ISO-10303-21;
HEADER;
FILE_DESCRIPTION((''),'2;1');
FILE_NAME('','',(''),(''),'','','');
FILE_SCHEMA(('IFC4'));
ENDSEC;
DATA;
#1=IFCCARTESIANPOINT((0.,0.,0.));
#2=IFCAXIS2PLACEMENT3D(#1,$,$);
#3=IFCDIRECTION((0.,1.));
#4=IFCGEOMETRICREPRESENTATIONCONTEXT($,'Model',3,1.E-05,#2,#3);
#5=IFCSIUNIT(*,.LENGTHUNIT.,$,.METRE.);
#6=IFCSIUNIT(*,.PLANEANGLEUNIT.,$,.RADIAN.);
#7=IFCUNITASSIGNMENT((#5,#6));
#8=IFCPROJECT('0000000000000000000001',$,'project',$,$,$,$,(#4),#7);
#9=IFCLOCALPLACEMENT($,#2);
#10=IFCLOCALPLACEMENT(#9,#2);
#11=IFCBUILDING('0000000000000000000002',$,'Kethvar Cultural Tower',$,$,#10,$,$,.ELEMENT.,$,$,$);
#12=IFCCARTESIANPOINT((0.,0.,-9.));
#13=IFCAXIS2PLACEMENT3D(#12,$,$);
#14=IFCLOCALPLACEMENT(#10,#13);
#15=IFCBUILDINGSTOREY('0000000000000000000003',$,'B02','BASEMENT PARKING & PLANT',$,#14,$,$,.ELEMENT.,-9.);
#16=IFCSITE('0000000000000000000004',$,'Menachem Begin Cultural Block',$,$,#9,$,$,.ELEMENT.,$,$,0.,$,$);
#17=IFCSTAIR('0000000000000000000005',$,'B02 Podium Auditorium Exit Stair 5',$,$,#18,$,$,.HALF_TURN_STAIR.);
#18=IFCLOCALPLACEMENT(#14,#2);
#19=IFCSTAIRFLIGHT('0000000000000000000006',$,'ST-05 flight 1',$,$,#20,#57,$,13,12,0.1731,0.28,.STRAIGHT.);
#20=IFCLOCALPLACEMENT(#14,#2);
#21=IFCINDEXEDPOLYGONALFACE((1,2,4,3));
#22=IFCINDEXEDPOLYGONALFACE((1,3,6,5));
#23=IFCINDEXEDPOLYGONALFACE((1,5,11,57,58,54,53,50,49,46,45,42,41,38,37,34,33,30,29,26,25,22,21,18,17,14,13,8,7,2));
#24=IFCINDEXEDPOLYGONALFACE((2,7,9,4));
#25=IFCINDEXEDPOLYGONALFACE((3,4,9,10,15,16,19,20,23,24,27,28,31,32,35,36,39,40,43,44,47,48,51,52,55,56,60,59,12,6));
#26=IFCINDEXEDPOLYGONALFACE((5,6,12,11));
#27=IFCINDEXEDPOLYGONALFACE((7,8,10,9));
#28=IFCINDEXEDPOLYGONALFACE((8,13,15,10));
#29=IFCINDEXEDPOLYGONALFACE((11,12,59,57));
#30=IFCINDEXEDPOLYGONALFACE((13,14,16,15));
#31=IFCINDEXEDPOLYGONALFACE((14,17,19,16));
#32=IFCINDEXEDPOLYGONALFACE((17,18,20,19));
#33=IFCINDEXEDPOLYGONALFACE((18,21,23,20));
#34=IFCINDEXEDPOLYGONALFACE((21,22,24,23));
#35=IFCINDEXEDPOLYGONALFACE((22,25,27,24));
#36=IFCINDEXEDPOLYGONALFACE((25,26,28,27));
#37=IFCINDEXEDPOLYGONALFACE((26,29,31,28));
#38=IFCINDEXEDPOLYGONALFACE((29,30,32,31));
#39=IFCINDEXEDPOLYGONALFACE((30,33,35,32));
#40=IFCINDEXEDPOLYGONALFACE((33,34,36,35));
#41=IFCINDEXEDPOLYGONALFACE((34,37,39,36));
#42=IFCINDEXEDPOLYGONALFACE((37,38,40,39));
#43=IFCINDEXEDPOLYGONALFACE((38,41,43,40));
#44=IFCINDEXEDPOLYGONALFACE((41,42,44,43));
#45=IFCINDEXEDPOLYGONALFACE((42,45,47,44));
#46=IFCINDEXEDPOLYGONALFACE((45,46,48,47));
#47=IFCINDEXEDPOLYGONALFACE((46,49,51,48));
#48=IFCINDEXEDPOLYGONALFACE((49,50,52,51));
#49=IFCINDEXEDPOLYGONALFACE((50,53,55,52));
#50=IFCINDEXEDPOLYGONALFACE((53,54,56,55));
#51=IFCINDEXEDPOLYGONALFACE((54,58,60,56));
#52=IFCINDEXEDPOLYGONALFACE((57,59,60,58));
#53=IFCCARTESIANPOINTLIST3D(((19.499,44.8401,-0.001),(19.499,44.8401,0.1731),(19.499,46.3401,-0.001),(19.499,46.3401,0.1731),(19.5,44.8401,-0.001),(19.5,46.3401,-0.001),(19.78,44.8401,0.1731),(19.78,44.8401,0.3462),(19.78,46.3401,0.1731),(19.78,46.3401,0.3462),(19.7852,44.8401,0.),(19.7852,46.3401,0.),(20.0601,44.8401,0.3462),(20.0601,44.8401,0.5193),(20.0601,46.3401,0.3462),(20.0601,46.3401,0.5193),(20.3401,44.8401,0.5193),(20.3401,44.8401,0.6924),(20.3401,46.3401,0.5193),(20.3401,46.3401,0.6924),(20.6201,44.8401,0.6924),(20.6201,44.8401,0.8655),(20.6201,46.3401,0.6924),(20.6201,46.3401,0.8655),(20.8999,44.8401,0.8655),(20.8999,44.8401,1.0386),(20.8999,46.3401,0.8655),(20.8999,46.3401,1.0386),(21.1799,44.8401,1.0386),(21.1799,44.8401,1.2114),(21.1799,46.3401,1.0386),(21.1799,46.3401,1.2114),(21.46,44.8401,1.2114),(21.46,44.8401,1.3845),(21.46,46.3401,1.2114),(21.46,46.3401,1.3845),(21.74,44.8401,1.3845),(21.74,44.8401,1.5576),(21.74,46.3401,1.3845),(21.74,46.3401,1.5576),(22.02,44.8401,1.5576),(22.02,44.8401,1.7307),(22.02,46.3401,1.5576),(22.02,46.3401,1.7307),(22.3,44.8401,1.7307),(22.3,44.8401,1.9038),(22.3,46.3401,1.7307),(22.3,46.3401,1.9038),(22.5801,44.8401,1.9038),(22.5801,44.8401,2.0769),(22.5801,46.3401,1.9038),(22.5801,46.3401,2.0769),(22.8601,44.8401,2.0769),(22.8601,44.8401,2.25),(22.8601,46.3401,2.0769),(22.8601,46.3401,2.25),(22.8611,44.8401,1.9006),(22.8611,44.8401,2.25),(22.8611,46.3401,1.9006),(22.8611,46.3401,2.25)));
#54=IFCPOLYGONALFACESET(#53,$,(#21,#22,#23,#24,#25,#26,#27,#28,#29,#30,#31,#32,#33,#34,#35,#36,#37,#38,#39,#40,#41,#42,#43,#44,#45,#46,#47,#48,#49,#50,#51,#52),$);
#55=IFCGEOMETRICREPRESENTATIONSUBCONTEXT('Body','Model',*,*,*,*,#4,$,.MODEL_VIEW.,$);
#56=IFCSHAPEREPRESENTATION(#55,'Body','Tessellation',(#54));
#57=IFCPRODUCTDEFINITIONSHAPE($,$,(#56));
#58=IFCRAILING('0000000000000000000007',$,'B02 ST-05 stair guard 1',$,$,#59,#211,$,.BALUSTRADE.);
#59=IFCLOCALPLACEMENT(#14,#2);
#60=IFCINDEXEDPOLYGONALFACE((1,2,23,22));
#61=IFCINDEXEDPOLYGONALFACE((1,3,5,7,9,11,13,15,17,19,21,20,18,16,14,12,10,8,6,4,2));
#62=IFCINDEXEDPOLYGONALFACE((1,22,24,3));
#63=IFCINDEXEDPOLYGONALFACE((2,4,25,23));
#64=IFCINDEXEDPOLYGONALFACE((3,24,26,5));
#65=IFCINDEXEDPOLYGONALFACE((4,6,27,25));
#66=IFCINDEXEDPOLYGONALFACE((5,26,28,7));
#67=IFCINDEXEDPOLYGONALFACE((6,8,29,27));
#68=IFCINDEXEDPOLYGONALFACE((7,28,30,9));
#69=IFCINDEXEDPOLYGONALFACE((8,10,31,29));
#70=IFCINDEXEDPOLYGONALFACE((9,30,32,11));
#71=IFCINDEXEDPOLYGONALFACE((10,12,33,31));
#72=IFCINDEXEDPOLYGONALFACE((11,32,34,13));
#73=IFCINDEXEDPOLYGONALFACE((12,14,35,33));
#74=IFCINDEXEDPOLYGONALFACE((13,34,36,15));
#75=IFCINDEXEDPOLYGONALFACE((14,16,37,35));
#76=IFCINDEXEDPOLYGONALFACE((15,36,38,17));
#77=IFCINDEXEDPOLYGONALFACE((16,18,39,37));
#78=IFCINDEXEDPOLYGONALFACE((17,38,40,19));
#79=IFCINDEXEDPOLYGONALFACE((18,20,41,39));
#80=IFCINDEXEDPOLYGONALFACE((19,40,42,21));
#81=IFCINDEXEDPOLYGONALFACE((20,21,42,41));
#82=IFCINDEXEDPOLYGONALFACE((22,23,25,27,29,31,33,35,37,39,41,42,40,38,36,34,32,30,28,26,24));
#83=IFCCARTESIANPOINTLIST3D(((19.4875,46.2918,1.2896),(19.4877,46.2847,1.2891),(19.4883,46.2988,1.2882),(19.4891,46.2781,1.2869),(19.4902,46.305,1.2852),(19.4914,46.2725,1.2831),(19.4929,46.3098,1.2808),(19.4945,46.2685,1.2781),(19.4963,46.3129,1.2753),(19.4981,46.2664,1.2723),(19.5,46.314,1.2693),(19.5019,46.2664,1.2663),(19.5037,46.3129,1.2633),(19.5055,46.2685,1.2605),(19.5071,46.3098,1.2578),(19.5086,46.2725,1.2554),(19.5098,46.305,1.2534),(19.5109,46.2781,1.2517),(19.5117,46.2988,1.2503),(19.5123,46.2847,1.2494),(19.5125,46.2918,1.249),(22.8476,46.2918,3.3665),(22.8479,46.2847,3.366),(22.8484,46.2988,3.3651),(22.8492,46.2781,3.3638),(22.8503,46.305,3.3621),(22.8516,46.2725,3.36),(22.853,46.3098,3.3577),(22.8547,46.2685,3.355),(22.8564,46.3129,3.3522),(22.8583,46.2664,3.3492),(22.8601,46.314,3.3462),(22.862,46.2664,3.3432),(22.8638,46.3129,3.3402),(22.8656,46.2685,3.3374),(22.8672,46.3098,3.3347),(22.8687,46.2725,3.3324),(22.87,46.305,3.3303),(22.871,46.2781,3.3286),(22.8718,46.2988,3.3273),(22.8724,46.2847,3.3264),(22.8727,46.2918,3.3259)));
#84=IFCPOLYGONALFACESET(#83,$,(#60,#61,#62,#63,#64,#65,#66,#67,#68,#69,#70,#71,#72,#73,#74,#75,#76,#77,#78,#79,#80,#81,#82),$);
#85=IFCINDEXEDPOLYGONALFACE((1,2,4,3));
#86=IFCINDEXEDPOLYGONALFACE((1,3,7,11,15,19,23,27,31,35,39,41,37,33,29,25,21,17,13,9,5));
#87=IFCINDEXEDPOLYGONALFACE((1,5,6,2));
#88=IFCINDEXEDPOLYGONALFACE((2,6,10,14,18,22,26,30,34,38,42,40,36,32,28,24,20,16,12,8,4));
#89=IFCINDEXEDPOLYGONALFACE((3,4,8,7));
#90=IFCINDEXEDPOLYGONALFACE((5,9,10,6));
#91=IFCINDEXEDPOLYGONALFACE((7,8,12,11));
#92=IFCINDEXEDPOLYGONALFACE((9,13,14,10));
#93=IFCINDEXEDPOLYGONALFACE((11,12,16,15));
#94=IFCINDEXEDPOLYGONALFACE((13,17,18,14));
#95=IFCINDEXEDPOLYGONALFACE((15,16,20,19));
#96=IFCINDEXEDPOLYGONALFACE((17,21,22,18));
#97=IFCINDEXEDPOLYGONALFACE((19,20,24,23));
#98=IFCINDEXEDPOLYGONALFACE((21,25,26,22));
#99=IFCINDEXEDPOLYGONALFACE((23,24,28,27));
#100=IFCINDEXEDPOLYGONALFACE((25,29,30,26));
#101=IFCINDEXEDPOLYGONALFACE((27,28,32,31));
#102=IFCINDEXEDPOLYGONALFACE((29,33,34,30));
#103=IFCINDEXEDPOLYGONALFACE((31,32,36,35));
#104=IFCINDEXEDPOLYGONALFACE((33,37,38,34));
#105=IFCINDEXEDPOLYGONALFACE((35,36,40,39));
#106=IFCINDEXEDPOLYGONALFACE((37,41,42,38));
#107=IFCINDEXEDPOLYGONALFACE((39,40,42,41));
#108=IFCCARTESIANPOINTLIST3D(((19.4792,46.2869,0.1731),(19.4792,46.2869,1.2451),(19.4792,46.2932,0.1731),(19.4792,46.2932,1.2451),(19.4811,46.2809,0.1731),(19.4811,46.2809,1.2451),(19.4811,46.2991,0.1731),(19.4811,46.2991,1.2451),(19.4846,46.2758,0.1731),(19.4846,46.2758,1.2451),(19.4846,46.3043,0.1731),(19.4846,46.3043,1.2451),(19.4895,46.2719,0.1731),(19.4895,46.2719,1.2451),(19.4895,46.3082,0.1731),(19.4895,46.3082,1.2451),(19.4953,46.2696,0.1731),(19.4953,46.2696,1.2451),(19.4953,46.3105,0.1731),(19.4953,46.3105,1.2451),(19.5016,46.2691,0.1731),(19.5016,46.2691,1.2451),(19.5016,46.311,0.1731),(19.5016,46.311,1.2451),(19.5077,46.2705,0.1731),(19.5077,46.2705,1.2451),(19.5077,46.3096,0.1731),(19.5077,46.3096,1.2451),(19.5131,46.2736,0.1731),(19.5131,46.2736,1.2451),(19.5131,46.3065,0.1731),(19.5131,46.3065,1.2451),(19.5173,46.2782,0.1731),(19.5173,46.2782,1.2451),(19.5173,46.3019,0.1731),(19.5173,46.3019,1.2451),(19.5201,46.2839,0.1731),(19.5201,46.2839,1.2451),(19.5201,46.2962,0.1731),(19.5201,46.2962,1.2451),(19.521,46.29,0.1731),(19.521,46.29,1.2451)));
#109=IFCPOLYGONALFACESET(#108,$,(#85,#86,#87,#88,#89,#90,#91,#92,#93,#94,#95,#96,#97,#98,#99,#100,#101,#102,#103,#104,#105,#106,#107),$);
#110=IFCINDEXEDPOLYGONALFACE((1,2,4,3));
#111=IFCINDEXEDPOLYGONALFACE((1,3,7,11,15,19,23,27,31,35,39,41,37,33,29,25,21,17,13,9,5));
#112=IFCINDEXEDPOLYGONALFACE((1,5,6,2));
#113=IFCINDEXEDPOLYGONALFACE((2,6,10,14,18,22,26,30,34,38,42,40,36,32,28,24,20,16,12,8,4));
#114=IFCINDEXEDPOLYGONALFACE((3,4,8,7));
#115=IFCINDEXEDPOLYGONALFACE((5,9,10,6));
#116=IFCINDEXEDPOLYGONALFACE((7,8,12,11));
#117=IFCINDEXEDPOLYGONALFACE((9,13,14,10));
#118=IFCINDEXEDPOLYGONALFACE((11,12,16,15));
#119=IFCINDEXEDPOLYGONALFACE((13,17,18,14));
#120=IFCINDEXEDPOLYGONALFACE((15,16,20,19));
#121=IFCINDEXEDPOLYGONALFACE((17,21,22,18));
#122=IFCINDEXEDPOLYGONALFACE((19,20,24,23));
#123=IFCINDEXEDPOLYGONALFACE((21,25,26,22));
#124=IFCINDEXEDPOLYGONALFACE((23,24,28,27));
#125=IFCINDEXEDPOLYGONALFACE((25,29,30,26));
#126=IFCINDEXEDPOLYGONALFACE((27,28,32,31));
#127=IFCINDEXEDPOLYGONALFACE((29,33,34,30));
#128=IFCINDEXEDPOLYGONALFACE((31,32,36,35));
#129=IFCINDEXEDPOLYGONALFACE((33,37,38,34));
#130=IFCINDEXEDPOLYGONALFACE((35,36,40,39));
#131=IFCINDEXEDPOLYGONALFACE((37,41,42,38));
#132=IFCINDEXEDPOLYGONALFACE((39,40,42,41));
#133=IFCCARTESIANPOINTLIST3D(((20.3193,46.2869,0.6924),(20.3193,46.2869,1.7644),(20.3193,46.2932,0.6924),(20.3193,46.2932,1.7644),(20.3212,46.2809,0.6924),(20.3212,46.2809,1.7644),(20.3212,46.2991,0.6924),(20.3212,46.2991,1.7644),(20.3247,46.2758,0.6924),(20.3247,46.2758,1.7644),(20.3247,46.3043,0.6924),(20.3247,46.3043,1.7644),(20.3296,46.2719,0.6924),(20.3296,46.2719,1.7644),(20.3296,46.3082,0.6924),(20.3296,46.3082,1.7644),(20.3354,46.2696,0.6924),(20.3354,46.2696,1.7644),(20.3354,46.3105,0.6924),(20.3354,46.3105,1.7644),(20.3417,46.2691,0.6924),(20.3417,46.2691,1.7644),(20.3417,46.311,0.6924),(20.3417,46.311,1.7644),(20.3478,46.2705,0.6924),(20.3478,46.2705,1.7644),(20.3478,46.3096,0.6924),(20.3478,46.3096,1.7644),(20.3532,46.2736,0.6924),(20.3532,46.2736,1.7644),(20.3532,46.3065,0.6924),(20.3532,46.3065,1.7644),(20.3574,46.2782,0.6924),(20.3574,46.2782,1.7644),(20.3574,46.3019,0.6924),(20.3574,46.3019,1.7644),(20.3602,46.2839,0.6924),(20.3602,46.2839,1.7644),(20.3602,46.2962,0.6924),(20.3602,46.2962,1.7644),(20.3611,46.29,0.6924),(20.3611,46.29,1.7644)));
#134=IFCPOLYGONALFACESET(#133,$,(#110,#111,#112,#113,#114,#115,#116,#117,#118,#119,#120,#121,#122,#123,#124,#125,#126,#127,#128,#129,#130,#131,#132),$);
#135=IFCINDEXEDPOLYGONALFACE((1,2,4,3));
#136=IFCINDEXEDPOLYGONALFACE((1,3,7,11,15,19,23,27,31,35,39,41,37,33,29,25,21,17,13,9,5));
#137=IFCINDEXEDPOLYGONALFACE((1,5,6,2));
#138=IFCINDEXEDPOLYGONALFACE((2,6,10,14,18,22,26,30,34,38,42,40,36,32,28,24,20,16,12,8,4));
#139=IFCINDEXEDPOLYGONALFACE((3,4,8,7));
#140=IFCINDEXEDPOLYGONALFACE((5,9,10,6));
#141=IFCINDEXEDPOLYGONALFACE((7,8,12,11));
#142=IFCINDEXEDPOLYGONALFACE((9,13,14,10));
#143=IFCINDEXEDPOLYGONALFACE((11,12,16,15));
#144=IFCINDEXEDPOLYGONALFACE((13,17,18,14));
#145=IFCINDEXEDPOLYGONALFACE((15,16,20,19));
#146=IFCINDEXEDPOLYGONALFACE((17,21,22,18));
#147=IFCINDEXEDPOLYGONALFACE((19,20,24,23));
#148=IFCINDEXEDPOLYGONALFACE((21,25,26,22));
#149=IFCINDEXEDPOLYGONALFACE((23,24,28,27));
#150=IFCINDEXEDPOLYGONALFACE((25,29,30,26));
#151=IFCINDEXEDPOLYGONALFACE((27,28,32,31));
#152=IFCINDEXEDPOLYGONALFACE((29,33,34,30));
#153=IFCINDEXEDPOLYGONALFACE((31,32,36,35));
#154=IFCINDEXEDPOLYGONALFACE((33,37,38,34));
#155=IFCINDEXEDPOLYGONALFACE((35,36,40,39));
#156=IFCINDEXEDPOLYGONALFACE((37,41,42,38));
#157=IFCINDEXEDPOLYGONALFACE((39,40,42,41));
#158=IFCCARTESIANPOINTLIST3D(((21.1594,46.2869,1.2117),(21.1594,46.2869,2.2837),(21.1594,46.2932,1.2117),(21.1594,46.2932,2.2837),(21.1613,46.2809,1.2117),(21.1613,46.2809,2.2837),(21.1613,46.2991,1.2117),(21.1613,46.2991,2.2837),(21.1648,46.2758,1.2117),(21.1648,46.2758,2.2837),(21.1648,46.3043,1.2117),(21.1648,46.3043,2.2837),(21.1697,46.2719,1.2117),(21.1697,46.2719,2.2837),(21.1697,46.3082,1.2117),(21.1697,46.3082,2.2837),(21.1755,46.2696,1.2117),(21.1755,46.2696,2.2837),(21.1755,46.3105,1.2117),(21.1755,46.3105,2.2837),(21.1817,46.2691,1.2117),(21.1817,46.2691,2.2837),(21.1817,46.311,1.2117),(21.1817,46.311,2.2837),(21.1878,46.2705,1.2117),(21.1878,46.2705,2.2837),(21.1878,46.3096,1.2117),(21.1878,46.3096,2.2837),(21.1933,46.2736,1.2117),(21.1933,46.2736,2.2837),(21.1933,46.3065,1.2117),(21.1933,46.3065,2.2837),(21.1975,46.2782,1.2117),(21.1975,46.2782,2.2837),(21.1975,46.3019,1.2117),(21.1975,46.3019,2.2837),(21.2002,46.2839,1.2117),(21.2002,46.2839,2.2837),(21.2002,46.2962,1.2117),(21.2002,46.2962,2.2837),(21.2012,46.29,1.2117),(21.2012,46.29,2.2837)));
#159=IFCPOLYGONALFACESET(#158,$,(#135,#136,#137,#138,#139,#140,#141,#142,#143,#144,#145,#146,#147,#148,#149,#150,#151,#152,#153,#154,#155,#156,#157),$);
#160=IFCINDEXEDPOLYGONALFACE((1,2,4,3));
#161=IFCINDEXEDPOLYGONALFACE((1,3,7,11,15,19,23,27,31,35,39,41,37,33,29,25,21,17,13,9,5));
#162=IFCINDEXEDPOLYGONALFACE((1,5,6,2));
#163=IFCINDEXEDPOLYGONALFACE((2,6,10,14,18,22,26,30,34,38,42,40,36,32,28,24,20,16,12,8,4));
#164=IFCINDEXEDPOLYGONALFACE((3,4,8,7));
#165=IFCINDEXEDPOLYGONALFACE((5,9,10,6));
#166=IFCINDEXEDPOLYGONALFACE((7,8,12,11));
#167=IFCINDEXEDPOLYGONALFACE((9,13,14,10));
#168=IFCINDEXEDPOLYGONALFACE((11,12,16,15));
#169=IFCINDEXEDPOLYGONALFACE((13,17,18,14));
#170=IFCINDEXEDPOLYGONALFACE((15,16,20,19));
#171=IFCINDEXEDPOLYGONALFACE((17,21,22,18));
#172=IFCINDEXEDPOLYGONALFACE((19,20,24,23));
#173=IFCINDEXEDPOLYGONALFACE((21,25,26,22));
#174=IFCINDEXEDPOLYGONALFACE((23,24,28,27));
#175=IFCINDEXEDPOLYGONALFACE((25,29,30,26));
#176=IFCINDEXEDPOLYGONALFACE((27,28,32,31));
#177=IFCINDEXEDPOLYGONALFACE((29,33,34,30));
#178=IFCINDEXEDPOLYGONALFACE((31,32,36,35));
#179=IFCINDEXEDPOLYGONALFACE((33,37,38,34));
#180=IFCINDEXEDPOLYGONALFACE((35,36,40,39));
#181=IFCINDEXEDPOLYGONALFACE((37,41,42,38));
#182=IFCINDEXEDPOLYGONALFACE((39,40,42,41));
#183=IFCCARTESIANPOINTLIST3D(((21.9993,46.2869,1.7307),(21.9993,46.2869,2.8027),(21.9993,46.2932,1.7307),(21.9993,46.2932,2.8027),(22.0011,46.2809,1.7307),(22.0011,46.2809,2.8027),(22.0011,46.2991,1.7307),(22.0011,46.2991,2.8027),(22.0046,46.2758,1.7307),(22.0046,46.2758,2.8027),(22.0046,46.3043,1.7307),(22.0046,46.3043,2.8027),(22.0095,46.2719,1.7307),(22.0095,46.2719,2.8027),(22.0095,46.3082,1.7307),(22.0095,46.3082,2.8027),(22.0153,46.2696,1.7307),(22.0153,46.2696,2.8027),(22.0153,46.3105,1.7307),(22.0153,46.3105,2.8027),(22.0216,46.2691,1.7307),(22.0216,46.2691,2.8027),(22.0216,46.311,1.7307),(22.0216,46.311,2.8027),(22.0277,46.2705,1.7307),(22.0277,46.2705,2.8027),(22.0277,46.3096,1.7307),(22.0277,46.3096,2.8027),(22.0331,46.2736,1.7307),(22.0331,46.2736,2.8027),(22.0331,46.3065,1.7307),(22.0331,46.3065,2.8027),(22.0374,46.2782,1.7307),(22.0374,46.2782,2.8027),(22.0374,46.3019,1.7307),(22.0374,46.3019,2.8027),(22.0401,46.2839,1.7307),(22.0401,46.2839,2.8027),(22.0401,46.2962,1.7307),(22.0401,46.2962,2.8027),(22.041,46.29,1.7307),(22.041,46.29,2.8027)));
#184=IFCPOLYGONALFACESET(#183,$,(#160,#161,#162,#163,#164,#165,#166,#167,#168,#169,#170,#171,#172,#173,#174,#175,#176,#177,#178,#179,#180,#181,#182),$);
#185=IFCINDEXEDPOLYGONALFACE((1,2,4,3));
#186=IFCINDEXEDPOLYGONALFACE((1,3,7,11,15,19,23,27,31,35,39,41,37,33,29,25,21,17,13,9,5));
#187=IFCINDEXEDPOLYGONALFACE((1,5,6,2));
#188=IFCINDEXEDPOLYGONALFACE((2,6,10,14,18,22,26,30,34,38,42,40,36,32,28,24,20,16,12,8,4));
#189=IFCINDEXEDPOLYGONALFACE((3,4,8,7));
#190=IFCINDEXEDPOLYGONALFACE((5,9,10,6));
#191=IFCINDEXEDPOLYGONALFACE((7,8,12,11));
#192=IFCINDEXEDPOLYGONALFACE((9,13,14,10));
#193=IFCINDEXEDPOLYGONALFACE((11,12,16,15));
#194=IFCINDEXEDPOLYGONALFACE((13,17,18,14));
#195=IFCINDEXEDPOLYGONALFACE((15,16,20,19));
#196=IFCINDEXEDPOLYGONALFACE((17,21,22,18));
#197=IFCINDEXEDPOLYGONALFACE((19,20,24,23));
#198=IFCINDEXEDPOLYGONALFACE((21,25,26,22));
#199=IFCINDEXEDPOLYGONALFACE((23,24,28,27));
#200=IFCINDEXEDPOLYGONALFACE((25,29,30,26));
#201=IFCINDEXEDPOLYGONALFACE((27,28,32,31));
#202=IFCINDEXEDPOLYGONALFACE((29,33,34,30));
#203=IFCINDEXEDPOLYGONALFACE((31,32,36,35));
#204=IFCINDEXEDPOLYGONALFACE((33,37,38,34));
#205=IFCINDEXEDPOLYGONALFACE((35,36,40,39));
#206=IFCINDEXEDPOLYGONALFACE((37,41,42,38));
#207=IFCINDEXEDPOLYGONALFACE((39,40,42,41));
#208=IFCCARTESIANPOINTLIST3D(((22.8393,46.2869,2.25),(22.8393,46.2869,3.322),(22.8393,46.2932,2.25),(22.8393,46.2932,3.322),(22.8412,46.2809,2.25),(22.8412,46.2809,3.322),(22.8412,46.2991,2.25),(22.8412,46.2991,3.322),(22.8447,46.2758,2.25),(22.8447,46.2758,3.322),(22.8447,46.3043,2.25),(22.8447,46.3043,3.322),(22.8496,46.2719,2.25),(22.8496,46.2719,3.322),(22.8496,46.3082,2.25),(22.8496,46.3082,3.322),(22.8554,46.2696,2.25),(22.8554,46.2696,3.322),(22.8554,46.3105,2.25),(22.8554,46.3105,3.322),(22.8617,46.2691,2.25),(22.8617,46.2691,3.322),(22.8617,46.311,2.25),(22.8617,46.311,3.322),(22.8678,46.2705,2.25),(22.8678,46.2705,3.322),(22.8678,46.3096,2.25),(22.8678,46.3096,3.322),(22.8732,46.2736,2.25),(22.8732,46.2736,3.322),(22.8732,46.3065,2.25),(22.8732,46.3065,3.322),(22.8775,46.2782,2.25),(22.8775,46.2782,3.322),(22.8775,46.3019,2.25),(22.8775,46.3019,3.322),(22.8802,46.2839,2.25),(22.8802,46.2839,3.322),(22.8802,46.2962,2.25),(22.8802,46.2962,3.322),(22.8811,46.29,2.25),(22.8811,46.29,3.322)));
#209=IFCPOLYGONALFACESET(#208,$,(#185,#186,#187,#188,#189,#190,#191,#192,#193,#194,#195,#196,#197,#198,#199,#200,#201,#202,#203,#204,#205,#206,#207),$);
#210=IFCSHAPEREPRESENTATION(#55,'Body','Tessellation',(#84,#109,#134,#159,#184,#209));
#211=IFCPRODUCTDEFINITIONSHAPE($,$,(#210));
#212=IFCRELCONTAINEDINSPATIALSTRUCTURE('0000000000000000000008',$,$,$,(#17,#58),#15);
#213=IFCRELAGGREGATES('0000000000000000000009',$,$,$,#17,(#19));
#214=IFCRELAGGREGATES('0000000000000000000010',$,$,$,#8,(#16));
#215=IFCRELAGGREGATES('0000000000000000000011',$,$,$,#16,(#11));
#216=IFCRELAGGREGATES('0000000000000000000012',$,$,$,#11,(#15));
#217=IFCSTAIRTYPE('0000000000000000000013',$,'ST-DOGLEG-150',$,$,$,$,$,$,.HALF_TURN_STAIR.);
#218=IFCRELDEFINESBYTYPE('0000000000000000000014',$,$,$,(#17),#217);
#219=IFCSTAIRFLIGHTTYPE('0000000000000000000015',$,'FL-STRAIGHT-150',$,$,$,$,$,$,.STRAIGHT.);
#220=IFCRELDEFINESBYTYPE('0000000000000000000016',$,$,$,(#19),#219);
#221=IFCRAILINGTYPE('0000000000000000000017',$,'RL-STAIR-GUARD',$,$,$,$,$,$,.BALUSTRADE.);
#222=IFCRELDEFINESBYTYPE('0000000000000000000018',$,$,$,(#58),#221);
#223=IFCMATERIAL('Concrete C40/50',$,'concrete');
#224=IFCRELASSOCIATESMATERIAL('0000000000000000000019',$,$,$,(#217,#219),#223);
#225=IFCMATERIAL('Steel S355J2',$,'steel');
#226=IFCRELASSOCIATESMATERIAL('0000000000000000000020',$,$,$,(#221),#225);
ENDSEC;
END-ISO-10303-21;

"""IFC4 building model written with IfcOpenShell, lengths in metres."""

from ifc_helpers import new_model, si_unit, direction, frame, origin, origin_2d, place, context, subcontext, project, spatial, polyline, circle, outline, extrude, material, type_object, element, aggregate, save


model = new_model("IFC4")

# Units and contexts
model_context = context("Model", 3, precision=1e-05, world=origin(), true_north=direction((0.0, 1.0)))
body_context = subcontext(model_context, "Body", "Model", "MODEL_VIEW")
ifc_project = project(units=[si_unit("LENGTHUNIT", "METRE"), si_unit("PLANEANGLEUNIT", "RADIAN")], contexts=[model_context])

# Site, building, storey
site_placement = place(None, origin())
site = spatial("IfcSite", under=ifc_project, at=site_placement, Name="Menachem Begin Cultural Block", CompositionType="ELEMENT", RefElevation=0.0)
building_placement = place(site_placement, origin())
building = spatial("IfcBuilding", under=site, at=building_placement, Name="Kethvar Cultural Tower", CompositionType="ELEMENT")
storey_placement = place(building_placement, frame((0.0, 0.0, -9.0)))
storey = spatial("IfcBuildingStorey", under=building, at=storey_placement, Name="B02", Description="BASEMENT PARKING & PLANT", CompositionType="ELEMENT", Elevation=-9.0)

# Shared definitions
ifc_material_1 = material(Name="Steel S355J2", Category="steel")

# Stair, stair flight
ifc_material_2 = material(Name="Concrete C40/50", Category="concrete")
stair_type = type_object("IfcStairType", Name="ST-DOGLEG-150", PredefinedType="HALF_TURN_STAIR", material=ifc_material_2)
stair_placement = place(storey_placement, origin())
stair = element("IfcStair", 1, at=stair_placement, inside=storey, type_object=stair_type, Name="B02 Podium Auditorium Exit Stair 5", PredefinedType="HALF_TURN_STAIR")
stair_flight_type = type_object("IfcStairFlightType", Name="FL-STRAIGHT-150", PredefinedType="STRAIGHT", material=ifc_material_2)
stair_flight_placement = place(storey_placement, frame((19.5, 45.5901, 0.0), z_axis=(0.0, 0.0, 1.0), x_axis=(1.0, 0.0, 0.0)))
stair_flight = element("IfcStairFlight", 2, at=stair_flight_placement, type_object=stair_flight_type, Name="ST-05 flight 1", NumberOfRisers=13, NumberOfTreads=12, PredefinedType="STRAIGHT", RiserHeight=0.1731, TreadLength=0.28, context=body_context, shape_type="SweptSolid", body=[
    extrude(outline(polyline([(-0.001, -0.001), (-0.001, 0.1731), (0.28, 0.1731), (0.28, 0.3462), (0.5601, 0.3462), (0.5601, 0.5193), (0.8401, 0.5193), (0.8401, 0.6924), (1.1201, 0.6924), (1.1201, 0.8655), (1.3999, 0.8655), (1.3999, 1.0386), (1.6799, 1.0386), (1.6799, 1.2114), (1.96, 1.2114), (1.96, 1.3845), (2.24, 1.3845), (2.24, 1.5576), (2.52, 1.5576), (2.52, 1.7307), (2.8, 1.7307), (2.8, 1.9038), (3.0801, 1.9038), (3.0801, 2.0769), (3.3601, 2.0769), (3.3601, 2.25), (3.3611, 2.25), (3.3611, 1.9006), (0.2852, 0.0), (0.0, -0.001), (-0.001, -0.001)])), frame((0.0, 0.75, 0.0), z_axis=(0.0, -1.0, 0.0), x_axis=(1.0, 0.0, 0.0)), (0.0, 0.0, 1.0), 1.5),
])
aggregate(stair, [stair_flight])

# Railing
railing_type_1 = type_object("IfcRailingType", Name="RL-STAIR-GUARD", PredefinedType="BALUSTRADE", material=ifc_material_1)
railing_1_placement = place(storey_placement, frame((19.5, 46.29, 0.1731)))
element("IfcRailing", 3, at=railing_1_placement, inside=storey, type_object=railing_type_1, Name="B02 ST-05 stair guard 1", PredefinedType="BALUSTRADE", context=body_context, shape_type="SweptSolid", body=[
    extrude(circle(Radius=0.0239, at=origin_2d()), frame((0.0, 0.0, 1.0962), z_axis=(0.850623, 0.0, 0.525776), x_axis=(0.0, 1.0, 0.0)), (0.0, 0.0, 1.0), 3.9502),
    extrude(circle(Radius=0.021, at=origin_2d()), origin(), (0.0, 0.0, 1.0), 1.072),
    extrude(circle(Radius=0.021, at=origin_2d()), frame((0.8401, 0.0, 0.5193)), (0.0, 0.0, 1.0), 1.072),
    extrude(circle(Radius=0.021, at=origin_2d()), frame((1.6802, 0.0, 1.0386)), (0.0, 0.0, 1.0), 1.072),
    extrude(circle(Radius=0.021, at=origin_2d()), frame((2.52, 0.0, 1.5576)), (0.0, 0.0, 1.0), 1.072),
    extrude(circle(Radius=0.021, at=origin_2d()), frame((3.3601, 0.0, 2.0769)), (0.0, 0.0, 1.0), 1.072),
])

save(model, "model.ifc")
